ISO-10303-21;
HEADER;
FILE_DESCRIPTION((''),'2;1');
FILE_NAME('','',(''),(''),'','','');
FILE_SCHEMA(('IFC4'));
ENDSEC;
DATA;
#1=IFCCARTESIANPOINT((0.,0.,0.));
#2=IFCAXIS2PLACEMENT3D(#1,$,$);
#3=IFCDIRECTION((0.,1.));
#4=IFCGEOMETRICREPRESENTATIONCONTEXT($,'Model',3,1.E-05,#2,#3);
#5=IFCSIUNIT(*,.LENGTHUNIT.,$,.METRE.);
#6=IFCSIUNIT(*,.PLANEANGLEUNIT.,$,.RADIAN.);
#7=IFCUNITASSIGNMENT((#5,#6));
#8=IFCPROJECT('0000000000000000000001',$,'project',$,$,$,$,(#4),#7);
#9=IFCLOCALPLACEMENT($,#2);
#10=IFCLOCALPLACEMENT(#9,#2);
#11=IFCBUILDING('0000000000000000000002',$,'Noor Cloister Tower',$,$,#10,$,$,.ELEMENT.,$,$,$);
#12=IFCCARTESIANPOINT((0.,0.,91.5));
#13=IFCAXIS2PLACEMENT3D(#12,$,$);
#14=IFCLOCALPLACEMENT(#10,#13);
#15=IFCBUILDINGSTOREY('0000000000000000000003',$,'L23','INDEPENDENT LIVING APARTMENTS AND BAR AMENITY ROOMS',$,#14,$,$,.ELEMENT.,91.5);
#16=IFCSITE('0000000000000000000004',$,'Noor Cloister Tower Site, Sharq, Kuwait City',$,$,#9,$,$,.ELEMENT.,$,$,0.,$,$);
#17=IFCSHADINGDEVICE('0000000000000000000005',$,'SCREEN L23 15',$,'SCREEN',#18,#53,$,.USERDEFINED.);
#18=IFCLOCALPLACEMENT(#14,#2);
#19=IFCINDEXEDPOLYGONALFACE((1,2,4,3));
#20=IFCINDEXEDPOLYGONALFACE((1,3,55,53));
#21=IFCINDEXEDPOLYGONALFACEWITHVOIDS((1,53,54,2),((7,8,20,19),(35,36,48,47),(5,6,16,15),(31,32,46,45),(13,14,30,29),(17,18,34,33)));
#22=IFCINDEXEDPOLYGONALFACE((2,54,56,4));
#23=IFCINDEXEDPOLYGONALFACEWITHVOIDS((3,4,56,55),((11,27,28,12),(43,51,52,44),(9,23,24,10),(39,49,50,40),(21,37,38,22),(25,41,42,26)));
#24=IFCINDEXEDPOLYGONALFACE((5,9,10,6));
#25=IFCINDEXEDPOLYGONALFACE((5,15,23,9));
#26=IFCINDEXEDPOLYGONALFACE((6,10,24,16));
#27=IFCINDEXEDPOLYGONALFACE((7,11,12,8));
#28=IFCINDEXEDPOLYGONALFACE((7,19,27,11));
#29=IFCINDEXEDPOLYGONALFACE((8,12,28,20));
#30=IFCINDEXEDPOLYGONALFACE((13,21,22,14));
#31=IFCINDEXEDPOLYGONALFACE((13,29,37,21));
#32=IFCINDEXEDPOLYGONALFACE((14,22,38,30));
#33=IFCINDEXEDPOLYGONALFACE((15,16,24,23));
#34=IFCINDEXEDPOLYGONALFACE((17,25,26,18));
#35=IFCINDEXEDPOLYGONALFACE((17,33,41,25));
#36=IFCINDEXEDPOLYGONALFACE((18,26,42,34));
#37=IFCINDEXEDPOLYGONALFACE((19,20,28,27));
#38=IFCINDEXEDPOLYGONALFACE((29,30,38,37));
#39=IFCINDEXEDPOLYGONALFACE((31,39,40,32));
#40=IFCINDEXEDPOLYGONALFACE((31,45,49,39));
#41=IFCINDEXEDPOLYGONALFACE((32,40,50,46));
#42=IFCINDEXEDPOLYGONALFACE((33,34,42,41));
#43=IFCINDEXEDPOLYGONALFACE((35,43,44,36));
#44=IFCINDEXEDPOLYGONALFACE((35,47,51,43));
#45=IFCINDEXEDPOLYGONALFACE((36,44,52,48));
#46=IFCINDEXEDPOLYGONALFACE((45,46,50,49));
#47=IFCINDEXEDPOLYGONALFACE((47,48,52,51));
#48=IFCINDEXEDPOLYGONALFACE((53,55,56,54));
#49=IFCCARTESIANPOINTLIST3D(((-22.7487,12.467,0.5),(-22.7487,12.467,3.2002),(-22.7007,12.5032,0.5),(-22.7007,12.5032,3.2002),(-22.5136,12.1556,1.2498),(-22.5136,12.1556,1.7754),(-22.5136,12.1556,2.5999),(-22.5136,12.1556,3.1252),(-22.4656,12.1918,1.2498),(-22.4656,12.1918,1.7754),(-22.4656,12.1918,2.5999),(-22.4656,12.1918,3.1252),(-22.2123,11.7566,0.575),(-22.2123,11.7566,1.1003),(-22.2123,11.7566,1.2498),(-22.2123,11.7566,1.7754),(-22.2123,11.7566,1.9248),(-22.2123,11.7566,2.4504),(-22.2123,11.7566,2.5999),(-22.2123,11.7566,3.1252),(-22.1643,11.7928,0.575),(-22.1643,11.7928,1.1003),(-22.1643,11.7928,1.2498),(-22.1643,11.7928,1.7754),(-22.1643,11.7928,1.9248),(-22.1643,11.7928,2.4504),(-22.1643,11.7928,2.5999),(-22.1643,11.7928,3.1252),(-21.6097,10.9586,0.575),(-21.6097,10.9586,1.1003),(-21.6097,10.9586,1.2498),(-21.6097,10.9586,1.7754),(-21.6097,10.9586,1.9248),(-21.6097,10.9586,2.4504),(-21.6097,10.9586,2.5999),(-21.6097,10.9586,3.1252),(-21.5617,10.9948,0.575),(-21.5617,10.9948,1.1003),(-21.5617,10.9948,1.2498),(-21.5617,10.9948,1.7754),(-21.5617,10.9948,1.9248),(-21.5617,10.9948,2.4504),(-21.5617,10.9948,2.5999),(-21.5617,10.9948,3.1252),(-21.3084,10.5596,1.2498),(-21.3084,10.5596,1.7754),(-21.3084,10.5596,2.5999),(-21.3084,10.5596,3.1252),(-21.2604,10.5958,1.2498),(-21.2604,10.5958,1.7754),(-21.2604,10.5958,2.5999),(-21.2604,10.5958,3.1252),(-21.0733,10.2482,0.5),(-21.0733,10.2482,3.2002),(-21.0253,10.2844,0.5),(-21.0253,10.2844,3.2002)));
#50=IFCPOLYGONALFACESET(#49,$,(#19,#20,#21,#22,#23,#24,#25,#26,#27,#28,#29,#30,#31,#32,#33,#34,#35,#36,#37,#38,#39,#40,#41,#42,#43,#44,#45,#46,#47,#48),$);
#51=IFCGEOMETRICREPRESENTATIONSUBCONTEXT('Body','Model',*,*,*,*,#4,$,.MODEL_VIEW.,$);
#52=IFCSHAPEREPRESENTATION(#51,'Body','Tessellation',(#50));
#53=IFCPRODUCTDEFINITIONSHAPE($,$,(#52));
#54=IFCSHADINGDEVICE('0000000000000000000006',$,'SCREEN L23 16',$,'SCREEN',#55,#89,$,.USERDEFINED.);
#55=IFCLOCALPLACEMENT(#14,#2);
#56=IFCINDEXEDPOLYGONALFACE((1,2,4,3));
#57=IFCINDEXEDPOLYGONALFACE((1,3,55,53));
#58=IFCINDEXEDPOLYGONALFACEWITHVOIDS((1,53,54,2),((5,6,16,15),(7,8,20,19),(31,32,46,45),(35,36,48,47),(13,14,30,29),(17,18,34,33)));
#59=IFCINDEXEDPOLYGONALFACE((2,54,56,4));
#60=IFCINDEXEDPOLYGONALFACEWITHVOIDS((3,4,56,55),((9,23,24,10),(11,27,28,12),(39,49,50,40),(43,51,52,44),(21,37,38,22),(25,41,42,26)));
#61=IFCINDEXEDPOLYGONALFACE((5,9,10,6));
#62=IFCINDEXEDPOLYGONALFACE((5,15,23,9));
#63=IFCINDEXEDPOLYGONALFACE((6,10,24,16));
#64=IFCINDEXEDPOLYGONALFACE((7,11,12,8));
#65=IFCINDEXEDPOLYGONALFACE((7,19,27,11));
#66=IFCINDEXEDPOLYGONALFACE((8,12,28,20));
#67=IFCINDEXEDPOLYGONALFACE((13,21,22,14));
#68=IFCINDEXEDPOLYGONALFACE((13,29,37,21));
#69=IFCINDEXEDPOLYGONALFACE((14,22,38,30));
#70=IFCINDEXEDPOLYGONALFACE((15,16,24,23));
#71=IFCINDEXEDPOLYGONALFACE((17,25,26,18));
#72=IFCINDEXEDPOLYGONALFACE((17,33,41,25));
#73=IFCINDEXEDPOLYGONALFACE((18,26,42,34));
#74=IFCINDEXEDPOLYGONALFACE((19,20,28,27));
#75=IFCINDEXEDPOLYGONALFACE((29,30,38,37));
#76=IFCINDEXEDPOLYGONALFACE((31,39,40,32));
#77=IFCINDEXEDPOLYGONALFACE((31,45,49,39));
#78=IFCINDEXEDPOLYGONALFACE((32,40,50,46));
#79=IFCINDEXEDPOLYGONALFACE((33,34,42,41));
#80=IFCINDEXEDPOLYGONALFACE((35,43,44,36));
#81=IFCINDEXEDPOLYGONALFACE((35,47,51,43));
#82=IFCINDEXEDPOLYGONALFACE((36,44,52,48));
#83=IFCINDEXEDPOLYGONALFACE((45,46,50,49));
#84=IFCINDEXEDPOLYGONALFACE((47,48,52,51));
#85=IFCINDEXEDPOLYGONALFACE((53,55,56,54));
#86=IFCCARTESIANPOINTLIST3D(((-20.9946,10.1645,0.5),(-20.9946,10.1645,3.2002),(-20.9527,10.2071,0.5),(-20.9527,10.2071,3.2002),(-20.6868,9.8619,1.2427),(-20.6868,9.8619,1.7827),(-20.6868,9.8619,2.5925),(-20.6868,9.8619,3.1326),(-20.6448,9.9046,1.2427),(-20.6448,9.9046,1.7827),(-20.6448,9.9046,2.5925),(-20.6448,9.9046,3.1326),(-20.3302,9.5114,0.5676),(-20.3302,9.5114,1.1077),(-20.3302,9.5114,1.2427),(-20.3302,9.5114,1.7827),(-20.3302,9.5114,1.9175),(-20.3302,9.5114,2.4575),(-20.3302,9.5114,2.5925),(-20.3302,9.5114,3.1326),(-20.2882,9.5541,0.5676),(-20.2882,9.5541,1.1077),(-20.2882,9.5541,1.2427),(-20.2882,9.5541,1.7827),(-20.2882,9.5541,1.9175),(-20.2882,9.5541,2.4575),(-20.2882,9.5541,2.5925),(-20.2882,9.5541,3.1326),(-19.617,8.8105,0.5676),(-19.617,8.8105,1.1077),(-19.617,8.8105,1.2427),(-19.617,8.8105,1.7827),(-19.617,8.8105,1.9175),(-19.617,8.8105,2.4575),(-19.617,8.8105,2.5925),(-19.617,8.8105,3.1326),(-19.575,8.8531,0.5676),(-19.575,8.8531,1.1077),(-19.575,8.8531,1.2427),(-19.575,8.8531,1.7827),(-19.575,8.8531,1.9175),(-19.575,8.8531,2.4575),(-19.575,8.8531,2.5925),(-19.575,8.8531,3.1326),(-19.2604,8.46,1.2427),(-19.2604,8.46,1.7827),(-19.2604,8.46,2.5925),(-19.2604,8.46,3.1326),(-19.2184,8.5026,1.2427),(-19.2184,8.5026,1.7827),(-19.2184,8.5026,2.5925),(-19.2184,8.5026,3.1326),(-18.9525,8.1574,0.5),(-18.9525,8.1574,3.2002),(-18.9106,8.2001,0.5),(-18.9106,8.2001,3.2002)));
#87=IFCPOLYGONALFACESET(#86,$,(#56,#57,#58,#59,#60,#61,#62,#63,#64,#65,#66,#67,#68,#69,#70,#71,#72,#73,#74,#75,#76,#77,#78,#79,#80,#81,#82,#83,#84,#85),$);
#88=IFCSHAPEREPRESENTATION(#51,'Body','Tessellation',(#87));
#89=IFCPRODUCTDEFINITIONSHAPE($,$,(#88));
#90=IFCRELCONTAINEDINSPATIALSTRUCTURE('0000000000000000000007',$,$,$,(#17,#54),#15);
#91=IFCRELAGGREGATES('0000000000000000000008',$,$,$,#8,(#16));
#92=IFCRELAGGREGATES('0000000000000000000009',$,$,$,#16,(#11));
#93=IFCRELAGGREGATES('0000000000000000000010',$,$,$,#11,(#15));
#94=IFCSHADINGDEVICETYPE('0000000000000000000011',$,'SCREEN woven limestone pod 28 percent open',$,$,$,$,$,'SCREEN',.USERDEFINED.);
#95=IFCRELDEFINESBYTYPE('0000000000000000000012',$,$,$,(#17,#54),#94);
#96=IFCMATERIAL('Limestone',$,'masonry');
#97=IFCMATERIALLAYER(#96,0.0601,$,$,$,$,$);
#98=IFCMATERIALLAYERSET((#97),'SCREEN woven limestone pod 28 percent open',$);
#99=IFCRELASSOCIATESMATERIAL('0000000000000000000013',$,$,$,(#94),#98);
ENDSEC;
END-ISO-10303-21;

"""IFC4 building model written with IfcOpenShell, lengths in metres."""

from ifc_helpers import new_model, si_unit, direction, frame, origin, place, context, subcontext, project, spatial, polyline, outline, extrude, material, layer, layer_set, type_object, element, save


model = new_model("IFC4")

# Units and contexts
model_context = context("Model", 3, precision=1e-05, world=origin(), true_north=direction((0.0, 1.0)))
body_context = subcontext(model_context, "Body", "Model", "MODEL_VIEW")
ifc_project = project(units=[si_unit("LENGTHUNIT", "METRE"), si_unit("PLANEANGLEUNIT", "RADIAN")], contexts=[model_context])

# Site, building, storey
site_placement = place(None, origin())
site = spatial("IfcSite", under=ifc_project, at=site_placement, Name="Noor Cloister Tower Site, Sharq, Kuwait City", CompositionType="ELEMENT", RefElevation=0.0)
building_placement = place(site_placement, origin())
building = spatial("IfcBuilding", under=site, at=building_placement, Name="Noor Cloister Tower", CompositionType="ELEMENT")
storey_placement = place(building_placement, frame((0.0, 0.0, 91.5)))
storey = spatial("IfcBuildingStorey", under=building, at=storey_placement, Name="L23", Description="INDEPENDENT LIVING APARTMENTS AND BAR AMENITY ROOMS", CompositionType="ELEMENT", Elevation=91.5)

# Shading devices
ifc_material_1 = material(Name="Limestone", Category="masonry")
ifc_layer_1 = layer(ifc_material_1, 0.0601)
ifc_layer_set_1 = layer_set([ifc_layer_1], Name="SCREEN woven limestone pod 28 percent open")
shading_device_type = type_object("IfcShadingDeviceType", Name="SCREEN woven limestone pod 28 percent open", ElementType="SCREEN", PredefinedType="USERDEFINED", material=ifc_layer_set_1)
shading_device_1_placement = place(storey_placement, frame((-21.863, 11.3938, 1.8501), z_axis=(-0.798041, -0.602603, 0.0), x_axis=(0.602603, -0.798041, 0.0)))
element("IfcShadingDevice", 1, at=shading_device_1_placement, inside=storey, type_object=shading_device_type, Name="SCREEN L23 15", ObjectType="SCREEN", PredefinedType="USERDEFINED", context=body_context, shape_type="SweptSolid", body=[
    extrude(outline(polyline([(-1.3901, -1.3501), (1.3901, -1.3501), (1.3901, 1.3501), (-1.3901, 1.3501), (-1.3901, -1.3501)]), holes=[polyline([(-0.5, -1.2751), (0.5, -1.2751), (0.5, -0.7498), (-0.5, -0.7498), (-0.5, -1.2751)]), polyline([(-1.0, -0.6003), (-0.5, -0.6003), (-0.5, -0.0747), (-1.0, -0.0747), (-1.0, -0.6003)]), polyline([(0.5, -0.6003), (1.0, -0.6003), (1.0, -0.0747), (0.5, -0.0747), (0.5, -0.6003)]), polyline([(-0.5, 0.0747), (0.5, 0.0747), (0.5, 0.6003), (-0.5, 0.6003), (-0.5, 0.0747)]), polyline([(-1.0, 0.7498), (-0.5, 0.7498), (-0.5, 1.2751), (-1.0, 1.2751), (-1.0, 0.7498)]), polyline([(0.5, 0.7498), (1.0, 0.7498), (1.0, 1.2751), (0.5, 1.2751), (0.5, 0.7498)])]), origin(), (0.0, 0.0, 1.0), 0.0601),
])
shading_device_2_placement = place(storey_placement, frame((-19.9316, 9.2036, 1.8501), z_axis=(-0.700967, -0.713193, 0.0), x_axis=(0.713193, -0.700967, 0.0)))
element("IfcShadingDevice", 2, at=shading_device_2_placement, inside=storey, type_object=shading_device_type, Name="SCREEN L23 16", ObjectType="SCREEN", PredefinedType="USERDEFINED", context=body_context, shape_type="SweptSolid", body=[
    extrude(outline(polyline([(-1.4316, -1.3501), (1.4316, -1.3501), (1.4316, 1.3501), (-1.4316, 1.3501), (-1.4316, -1.3501)]), holes=[polyline([(-0.5, -1.2825), (0.5, -1.2825), (0.5, -0.7424), (-0.5, -0.7424), (-0.5, -1.2825)]), polyline([(-1.0, -0.6074), (-0.5, -0.6074), (-0.5, -0.0674), (-1.0, -0.0674), (-1.0, -0.6074)]), polyline([(0.5, -0.6074), (1.0, -0.6074), (1.0, -0.0674), (0.5, -0.0674), (0.5, -0.6074)]), polyline([(-0.5, 0.0674), (0.5, 0.0674), (0.5, 0.6074), (-0.5, 0.6074), (-0.5, 0.0674)]), polyline([(-1.0, 0.7424), (-0.5, 0.7424), (-0.5, 1.2825), (-1.0, 1.2825), (-1.0, 0.7424)]), polyline([(0.5, 0.7424), (1.0, 0.7424), (1.0, 1.2825), (0.5, 1.2825), (0.5, 0.7424)])]), origin(), (0.0, 0.0, 1.0), 0.0598),
])

save(model, "model.ifc")
